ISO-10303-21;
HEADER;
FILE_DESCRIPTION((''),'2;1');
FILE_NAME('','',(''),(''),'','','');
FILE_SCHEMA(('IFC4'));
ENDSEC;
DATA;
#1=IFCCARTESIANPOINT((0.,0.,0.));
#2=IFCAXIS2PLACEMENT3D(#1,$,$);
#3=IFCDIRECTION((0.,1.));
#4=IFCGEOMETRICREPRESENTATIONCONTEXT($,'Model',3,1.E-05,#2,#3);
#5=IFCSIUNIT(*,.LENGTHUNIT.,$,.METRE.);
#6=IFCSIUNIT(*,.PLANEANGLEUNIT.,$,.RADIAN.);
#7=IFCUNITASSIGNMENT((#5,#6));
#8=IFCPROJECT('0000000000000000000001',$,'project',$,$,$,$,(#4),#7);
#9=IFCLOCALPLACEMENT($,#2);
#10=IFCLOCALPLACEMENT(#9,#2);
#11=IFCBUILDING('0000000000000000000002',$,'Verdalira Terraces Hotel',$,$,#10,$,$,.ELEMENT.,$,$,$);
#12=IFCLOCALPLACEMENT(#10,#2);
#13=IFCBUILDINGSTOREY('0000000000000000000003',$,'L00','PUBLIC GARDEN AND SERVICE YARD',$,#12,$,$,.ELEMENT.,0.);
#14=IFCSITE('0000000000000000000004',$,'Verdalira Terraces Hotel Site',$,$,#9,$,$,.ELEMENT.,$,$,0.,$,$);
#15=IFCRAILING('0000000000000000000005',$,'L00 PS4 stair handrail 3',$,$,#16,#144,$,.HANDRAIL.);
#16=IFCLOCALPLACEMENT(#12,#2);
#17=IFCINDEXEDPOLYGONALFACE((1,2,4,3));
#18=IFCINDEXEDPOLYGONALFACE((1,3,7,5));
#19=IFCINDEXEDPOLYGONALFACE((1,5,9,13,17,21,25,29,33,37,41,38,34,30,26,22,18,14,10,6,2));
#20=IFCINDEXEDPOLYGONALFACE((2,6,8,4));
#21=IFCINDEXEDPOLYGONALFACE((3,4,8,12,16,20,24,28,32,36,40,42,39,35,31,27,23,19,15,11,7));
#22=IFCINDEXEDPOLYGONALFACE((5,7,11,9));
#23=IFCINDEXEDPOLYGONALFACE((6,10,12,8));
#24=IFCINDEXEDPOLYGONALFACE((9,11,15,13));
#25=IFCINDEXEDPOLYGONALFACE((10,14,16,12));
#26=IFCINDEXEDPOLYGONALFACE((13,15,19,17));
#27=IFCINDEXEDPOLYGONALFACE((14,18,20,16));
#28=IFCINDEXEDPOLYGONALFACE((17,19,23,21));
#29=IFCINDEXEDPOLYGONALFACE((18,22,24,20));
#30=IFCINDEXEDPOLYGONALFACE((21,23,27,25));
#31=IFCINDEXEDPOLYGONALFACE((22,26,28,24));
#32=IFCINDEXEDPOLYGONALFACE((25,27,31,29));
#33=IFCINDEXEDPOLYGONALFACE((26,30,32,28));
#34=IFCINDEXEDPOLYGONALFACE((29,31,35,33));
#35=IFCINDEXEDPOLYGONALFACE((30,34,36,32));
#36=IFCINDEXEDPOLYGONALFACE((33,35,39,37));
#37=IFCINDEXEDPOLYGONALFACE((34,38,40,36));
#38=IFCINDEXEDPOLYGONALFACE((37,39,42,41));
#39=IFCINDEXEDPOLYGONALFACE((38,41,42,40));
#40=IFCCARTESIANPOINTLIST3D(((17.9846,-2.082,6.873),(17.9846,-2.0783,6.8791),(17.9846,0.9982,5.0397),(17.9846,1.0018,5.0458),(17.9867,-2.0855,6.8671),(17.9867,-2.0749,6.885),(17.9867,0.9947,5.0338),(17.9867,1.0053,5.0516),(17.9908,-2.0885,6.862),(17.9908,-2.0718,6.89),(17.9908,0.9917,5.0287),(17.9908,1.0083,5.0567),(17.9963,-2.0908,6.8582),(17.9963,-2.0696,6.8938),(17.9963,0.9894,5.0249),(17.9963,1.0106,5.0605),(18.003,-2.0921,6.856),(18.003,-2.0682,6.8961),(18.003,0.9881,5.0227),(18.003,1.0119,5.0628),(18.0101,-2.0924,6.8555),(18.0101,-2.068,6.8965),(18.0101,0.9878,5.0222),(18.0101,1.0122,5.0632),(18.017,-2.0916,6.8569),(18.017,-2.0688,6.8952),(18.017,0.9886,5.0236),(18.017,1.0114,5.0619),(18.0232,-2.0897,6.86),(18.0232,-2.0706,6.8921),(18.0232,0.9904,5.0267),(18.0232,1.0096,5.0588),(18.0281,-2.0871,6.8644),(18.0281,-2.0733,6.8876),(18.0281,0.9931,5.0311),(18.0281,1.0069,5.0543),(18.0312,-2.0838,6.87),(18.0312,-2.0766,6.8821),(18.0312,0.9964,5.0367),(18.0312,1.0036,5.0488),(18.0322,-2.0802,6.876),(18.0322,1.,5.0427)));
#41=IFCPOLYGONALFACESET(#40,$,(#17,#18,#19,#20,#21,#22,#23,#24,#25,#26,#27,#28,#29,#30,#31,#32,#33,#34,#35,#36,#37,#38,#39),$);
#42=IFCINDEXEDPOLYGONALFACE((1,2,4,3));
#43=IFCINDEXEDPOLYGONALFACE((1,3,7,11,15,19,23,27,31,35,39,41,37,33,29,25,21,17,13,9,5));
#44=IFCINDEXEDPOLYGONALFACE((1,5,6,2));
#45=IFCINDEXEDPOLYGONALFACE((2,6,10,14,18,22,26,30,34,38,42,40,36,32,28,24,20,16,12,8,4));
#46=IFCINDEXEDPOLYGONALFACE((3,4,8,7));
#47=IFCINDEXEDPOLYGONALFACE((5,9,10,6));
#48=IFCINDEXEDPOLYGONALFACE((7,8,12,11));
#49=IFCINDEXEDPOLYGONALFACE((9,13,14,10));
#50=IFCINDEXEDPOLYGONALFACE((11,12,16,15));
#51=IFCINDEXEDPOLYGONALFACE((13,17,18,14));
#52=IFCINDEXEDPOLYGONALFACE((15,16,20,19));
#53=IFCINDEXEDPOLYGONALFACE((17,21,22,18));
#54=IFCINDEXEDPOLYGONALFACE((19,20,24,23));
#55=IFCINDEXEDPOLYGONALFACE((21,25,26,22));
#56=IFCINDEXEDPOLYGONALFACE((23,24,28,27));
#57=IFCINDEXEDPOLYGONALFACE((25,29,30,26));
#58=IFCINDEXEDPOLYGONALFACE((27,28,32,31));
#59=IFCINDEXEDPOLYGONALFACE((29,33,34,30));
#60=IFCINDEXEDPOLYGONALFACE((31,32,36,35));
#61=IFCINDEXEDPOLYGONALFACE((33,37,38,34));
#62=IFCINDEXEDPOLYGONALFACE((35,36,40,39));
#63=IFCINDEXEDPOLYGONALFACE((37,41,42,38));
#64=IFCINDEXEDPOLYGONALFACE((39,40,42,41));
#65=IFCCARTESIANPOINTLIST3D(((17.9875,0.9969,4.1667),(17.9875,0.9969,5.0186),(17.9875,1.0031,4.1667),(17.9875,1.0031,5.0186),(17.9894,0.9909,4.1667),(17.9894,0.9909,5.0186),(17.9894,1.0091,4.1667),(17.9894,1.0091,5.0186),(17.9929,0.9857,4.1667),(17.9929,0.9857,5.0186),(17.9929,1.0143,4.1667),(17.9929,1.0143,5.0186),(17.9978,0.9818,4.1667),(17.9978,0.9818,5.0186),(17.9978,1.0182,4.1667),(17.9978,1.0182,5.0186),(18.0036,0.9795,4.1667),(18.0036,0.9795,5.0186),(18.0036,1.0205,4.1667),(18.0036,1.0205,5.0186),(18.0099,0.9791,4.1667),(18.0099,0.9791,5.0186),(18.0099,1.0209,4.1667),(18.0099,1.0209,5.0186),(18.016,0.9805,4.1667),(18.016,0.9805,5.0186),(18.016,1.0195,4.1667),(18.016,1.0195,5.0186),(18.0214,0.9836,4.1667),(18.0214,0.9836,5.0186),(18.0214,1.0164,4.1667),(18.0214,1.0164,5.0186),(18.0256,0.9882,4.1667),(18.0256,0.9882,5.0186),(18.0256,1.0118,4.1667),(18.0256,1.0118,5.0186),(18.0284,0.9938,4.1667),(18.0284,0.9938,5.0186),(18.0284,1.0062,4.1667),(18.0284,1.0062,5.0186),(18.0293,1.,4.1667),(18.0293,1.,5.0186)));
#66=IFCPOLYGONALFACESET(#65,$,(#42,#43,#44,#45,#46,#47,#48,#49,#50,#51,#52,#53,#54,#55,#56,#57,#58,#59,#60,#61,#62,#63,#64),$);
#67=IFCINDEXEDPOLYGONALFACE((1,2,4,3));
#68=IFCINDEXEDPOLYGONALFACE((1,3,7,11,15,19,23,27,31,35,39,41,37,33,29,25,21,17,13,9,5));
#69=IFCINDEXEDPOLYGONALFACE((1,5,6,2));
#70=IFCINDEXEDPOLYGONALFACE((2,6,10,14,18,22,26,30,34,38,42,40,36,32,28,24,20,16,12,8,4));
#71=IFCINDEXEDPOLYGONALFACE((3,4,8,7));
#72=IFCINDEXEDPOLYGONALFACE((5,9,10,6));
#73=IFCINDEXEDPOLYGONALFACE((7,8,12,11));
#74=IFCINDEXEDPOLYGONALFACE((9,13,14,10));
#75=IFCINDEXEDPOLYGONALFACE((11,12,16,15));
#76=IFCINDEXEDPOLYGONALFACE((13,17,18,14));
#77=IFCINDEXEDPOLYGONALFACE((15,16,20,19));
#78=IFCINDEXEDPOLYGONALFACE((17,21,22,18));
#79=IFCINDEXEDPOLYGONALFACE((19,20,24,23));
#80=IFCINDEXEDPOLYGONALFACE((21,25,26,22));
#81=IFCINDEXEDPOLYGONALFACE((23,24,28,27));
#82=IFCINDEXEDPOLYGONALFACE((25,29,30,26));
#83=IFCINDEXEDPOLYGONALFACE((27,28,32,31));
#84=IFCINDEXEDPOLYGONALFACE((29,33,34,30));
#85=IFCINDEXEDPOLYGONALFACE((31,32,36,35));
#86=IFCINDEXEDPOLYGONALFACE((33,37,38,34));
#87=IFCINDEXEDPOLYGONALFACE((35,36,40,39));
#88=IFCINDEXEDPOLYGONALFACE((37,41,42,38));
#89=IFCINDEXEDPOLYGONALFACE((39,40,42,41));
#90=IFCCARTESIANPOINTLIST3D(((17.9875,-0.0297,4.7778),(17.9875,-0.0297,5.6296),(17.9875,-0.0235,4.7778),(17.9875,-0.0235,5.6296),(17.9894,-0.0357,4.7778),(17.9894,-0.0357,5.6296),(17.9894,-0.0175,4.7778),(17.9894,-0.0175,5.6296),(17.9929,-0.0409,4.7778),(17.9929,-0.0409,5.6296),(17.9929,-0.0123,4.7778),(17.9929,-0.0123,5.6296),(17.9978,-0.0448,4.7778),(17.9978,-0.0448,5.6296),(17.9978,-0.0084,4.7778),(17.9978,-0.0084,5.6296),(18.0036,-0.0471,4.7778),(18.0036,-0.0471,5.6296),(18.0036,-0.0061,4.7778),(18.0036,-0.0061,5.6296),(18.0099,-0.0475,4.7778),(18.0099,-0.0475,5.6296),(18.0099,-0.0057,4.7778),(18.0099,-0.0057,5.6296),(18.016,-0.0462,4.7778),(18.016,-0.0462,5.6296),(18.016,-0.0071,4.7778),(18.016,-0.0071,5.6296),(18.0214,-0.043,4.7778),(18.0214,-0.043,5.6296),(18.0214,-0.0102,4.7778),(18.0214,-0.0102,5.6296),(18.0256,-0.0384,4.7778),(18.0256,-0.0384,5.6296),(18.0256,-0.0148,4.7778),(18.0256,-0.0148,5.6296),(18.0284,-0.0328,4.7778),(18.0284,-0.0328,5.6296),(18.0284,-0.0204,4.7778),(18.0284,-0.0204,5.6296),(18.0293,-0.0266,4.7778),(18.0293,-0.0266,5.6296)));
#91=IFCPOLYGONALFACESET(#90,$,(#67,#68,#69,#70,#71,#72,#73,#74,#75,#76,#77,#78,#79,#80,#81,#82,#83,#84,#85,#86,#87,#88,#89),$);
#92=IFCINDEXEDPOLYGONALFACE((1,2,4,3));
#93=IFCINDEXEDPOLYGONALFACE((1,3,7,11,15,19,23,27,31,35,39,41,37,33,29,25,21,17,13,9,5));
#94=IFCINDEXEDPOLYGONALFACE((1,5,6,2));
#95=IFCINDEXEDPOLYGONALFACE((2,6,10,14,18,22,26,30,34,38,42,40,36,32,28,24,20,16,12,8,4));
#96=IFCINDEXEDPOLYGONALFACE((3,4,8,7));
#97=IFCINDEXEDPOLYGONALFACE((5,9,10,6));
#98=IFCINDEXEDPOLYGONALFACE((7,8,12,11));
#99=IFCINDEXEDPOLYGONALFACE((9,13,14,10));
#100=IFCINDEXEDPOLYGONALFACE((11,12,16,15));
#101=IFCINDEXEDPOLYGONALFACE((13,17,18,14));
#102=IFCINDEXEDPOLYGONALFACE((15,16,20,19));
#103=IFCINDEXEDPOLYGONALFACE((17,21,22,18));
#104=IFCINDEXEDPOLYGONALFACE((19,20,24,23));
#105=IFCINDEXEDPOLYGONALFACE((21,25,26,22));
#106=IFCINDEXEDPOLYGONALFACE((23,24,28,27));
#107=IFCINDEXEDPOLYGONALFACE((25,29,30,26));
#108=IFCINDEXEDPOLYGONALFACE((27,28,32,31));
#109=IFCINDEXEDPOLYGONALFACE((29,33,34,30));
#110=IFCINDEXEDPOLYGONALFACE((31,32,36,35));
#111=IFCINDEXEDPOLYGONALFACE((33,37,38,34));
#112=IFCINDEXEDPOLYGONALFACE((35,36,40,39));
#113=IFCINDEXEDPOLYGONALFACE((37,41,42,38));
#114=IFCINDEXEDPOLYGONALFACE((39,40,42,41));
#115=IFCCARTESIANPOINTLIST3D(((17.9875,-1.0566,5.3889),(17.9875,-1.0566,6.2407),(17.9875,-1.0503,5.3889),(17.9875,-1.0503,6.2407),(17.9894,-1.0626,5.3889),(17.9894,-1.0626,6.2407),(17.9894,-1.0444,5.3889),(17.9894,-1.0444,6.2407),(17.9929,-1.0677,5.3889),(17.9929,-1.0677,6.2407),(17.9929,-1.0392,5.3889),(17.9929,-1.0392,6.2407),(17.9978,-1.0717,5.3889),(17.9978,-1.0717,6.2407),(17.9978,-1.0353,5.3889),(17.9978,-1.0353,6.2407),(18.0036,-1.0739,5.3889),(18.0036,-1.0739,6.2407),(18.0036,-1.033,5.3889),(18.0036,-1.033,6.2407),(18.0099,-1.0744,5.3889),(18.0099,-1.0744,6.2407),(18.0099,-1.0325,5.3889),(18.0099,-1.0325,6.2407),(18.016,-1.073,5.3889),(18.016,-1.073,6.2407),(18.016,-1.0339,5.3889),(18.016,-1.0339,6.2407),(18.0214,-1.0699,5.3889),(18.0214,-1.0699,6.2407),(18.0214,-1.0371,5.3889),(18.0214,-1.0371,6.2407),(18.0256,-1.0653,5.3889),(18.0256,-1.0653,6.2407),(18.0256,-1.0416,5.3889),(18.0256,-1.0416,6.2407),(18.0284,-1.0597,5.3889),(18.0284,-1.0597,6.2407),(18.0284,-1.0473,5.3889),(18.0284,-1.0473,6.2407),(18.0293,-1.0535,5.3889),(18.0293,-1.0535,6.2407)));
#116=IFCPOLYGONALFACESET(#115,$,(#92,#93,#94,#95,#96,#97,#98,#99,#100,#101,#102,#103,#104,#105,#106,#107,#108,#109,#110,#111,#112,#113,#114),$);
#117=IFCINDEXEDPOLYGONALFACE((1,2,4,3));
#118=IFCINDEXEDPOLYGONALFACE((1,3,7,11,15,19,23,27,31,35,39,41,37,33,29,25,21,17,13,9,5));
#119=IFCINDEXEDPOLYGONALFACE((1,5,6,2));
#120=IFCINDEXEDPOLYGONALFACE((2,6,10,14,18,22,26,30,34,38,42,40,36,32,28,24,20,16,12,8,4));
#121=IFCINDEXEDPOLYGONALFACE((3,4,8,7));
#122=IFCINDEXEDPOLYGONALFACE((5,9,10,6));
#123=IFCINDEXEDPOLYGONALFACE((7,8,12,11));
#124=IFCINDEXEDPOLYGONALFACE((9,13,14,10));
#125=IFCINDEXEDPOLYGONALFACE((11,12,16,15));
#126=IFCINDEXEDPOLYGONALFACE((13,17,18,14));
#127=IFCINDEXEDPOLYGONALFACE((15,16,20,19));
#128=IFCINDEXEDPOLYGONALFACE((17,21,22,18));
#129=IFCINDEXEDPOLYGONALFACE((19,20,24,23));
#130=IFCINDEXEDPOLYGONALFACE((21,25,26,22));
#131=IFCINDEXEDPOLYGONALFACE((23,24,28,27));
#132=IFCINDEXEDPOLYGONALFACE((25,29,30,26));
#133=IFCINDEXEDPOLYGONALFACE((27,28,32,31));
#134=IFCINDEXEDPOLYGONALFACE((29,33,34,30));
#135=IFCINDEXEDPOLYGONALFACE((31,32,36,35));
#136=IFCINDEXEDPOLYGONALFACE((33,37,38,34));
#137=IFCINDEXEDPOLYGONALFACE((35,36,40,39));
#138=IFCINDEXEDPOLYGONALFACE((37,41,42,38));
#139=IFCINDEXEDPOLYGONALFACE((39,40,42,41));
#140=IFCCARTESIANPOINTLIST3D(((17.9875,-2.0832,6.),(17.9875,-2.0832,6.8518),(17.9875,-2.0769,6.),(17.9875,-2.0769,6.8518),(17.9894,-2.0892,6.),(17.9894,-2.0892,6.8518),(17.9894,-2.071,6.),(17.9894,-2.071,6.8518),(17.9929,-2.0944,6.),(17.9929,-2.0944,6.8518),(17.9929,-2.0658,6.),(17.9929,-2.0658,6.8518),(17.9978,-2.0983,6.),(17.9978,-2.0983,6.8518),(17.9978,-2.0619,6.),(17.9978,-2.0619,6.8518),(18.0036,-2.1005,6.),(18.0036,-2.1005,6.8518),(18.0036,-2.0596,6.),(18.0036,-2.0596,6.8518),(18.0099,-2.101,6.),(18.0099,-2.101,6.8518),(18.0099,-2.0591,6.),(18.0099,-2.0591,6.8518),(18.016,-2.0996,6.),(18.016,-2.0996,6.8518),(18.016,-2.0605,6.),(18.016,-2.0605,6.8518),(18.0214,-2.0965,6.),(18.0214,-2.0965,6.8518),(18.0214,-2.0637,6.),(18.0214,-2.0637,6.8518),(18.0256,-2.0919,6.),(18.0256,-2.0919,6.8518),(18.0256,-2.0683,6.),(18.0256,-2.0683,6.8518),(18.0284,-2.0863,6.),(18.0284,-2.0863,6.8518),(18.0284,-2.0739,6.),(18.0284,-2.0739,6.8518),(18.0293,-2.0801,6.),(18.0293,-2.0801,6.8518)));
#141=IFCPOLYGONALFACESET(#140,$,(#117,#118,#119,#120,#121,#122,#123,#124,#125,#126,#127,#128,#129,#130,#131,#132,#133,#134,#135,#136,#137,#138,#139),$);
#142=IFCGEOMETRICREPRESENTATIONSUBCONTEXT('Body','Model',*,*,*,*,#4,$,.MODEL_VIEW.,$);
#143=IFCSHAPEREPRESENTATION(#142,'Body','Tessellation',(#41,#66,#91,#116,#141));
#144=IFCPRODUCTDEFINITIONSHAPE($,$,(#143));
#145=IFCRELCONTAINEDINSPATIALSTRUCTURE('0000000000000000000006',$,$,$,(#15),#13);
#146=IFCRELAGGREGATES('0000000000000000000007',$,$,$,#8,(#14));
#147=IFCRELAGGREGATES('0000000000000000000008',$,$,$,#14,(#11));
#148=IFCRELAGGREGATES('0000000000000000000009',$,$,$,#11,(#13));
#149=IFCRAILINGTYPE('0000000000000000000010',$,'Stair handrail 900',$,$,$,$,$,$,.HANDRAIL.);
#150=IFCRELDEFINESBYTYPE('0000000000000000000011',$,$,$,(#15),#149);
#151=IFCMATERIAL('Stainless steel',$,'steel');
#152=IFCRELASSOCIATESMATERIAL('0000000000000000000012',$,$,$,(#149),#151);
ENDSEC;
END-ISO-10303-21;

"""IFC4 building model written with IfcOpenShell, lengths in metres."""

from ifc_helpers import new_model, si_unit, direction, frame, origin, origin_2d, place, context, subcontext, project, spatial, circle, extrude, material, type_object, element, save


model = new_model("IFC4")

# Units and contexts
model_context = context("Model", 3, precision=1e-05, world=origin(), true_north=direction((0.0, 1.0)))
body_context = subcontext(model_context, "Body", "Model", "MODEL_VIEW")
ifc_project = project(units=[si_unit("LENGTHUNIT", "METRE"), si_unit("PLANEANGLEUNIT", "RADIAN")], contexts=[model_context])

# Site, building, storey
site_placement = place(None, origin())
site = spatial("IfcSite", under=ifc_project, at=site_placement, Name="Verdalira Terraces Hotel Site", CompositionType="ELEMENT", RefElevation=0.0)
building_placement = place(site_placement, origin())
building = spatial("IfcBuilding", under=site, at=building_placement, Name="Verdalira Terraces Hotel", CompositionType="ELEMENT")
storey_placement = place(building_placement, origin())
storey = spatial("IfcBuildingStorey", under=building, at=storey_placement, Name="L00", Description="PUBLIC GARDEN AND SERVICE YARD", CompositionType="ELEMENT", Elevation=0.0)

# Railing
ifc_material_1 = material(Name="Stainless steel", Category="steel")
railing_type_1 = type_object("IfcRailingType", Name="Stair handrail 900", PredefinedType="HANDRAIL", material=ifc_material_1)
for number, where, name in (
    (1, (18.0083, 1.0, 4.1667), "L00 PS4 stair handrail 3"),
):
    element("IfcRailing", number, at=place(storey_placement, frame(where)), inside=storey, type_object=railing_type_1, Name=name, PredefinedType="HANDRAIL", context=body_context, shape_type="SweptSolid", body=[
        extrude(circle(Radius=0.0239, at=origin_2d()), frame((0.0, 0.0, 0.876), z_axis=(0.0, -0.859309, 0.511458), x_axis=(1.0, 0.0, 0.0)), (0.0, 0.0, 1.0), 3.5845),
        extrude(circle(Radius=0.021, at=origin_2d()), origin(), (0.0, 0.0, 1.0), 0.8518),
        extrude(circle(Radius=0.021, at=origin_2d()), frame((0.0, -1.0266, 0.6111)), (0.0, 0.0, 1.0), 0.8518),
        extrude(circle(Radius=0.021, at=origin_2d()), frame((0.0, -2.0535, 1.2222)), (0.0, 0.0, 1.0), 0.8518),
        extrude(circle(Radius=0.021, at=origin_2d()), frame((0.0, -3.0801, 1.8333)), (0.0, 0.0, 1.0), 0.8518),
    ])

save(model, "model.ifc")
